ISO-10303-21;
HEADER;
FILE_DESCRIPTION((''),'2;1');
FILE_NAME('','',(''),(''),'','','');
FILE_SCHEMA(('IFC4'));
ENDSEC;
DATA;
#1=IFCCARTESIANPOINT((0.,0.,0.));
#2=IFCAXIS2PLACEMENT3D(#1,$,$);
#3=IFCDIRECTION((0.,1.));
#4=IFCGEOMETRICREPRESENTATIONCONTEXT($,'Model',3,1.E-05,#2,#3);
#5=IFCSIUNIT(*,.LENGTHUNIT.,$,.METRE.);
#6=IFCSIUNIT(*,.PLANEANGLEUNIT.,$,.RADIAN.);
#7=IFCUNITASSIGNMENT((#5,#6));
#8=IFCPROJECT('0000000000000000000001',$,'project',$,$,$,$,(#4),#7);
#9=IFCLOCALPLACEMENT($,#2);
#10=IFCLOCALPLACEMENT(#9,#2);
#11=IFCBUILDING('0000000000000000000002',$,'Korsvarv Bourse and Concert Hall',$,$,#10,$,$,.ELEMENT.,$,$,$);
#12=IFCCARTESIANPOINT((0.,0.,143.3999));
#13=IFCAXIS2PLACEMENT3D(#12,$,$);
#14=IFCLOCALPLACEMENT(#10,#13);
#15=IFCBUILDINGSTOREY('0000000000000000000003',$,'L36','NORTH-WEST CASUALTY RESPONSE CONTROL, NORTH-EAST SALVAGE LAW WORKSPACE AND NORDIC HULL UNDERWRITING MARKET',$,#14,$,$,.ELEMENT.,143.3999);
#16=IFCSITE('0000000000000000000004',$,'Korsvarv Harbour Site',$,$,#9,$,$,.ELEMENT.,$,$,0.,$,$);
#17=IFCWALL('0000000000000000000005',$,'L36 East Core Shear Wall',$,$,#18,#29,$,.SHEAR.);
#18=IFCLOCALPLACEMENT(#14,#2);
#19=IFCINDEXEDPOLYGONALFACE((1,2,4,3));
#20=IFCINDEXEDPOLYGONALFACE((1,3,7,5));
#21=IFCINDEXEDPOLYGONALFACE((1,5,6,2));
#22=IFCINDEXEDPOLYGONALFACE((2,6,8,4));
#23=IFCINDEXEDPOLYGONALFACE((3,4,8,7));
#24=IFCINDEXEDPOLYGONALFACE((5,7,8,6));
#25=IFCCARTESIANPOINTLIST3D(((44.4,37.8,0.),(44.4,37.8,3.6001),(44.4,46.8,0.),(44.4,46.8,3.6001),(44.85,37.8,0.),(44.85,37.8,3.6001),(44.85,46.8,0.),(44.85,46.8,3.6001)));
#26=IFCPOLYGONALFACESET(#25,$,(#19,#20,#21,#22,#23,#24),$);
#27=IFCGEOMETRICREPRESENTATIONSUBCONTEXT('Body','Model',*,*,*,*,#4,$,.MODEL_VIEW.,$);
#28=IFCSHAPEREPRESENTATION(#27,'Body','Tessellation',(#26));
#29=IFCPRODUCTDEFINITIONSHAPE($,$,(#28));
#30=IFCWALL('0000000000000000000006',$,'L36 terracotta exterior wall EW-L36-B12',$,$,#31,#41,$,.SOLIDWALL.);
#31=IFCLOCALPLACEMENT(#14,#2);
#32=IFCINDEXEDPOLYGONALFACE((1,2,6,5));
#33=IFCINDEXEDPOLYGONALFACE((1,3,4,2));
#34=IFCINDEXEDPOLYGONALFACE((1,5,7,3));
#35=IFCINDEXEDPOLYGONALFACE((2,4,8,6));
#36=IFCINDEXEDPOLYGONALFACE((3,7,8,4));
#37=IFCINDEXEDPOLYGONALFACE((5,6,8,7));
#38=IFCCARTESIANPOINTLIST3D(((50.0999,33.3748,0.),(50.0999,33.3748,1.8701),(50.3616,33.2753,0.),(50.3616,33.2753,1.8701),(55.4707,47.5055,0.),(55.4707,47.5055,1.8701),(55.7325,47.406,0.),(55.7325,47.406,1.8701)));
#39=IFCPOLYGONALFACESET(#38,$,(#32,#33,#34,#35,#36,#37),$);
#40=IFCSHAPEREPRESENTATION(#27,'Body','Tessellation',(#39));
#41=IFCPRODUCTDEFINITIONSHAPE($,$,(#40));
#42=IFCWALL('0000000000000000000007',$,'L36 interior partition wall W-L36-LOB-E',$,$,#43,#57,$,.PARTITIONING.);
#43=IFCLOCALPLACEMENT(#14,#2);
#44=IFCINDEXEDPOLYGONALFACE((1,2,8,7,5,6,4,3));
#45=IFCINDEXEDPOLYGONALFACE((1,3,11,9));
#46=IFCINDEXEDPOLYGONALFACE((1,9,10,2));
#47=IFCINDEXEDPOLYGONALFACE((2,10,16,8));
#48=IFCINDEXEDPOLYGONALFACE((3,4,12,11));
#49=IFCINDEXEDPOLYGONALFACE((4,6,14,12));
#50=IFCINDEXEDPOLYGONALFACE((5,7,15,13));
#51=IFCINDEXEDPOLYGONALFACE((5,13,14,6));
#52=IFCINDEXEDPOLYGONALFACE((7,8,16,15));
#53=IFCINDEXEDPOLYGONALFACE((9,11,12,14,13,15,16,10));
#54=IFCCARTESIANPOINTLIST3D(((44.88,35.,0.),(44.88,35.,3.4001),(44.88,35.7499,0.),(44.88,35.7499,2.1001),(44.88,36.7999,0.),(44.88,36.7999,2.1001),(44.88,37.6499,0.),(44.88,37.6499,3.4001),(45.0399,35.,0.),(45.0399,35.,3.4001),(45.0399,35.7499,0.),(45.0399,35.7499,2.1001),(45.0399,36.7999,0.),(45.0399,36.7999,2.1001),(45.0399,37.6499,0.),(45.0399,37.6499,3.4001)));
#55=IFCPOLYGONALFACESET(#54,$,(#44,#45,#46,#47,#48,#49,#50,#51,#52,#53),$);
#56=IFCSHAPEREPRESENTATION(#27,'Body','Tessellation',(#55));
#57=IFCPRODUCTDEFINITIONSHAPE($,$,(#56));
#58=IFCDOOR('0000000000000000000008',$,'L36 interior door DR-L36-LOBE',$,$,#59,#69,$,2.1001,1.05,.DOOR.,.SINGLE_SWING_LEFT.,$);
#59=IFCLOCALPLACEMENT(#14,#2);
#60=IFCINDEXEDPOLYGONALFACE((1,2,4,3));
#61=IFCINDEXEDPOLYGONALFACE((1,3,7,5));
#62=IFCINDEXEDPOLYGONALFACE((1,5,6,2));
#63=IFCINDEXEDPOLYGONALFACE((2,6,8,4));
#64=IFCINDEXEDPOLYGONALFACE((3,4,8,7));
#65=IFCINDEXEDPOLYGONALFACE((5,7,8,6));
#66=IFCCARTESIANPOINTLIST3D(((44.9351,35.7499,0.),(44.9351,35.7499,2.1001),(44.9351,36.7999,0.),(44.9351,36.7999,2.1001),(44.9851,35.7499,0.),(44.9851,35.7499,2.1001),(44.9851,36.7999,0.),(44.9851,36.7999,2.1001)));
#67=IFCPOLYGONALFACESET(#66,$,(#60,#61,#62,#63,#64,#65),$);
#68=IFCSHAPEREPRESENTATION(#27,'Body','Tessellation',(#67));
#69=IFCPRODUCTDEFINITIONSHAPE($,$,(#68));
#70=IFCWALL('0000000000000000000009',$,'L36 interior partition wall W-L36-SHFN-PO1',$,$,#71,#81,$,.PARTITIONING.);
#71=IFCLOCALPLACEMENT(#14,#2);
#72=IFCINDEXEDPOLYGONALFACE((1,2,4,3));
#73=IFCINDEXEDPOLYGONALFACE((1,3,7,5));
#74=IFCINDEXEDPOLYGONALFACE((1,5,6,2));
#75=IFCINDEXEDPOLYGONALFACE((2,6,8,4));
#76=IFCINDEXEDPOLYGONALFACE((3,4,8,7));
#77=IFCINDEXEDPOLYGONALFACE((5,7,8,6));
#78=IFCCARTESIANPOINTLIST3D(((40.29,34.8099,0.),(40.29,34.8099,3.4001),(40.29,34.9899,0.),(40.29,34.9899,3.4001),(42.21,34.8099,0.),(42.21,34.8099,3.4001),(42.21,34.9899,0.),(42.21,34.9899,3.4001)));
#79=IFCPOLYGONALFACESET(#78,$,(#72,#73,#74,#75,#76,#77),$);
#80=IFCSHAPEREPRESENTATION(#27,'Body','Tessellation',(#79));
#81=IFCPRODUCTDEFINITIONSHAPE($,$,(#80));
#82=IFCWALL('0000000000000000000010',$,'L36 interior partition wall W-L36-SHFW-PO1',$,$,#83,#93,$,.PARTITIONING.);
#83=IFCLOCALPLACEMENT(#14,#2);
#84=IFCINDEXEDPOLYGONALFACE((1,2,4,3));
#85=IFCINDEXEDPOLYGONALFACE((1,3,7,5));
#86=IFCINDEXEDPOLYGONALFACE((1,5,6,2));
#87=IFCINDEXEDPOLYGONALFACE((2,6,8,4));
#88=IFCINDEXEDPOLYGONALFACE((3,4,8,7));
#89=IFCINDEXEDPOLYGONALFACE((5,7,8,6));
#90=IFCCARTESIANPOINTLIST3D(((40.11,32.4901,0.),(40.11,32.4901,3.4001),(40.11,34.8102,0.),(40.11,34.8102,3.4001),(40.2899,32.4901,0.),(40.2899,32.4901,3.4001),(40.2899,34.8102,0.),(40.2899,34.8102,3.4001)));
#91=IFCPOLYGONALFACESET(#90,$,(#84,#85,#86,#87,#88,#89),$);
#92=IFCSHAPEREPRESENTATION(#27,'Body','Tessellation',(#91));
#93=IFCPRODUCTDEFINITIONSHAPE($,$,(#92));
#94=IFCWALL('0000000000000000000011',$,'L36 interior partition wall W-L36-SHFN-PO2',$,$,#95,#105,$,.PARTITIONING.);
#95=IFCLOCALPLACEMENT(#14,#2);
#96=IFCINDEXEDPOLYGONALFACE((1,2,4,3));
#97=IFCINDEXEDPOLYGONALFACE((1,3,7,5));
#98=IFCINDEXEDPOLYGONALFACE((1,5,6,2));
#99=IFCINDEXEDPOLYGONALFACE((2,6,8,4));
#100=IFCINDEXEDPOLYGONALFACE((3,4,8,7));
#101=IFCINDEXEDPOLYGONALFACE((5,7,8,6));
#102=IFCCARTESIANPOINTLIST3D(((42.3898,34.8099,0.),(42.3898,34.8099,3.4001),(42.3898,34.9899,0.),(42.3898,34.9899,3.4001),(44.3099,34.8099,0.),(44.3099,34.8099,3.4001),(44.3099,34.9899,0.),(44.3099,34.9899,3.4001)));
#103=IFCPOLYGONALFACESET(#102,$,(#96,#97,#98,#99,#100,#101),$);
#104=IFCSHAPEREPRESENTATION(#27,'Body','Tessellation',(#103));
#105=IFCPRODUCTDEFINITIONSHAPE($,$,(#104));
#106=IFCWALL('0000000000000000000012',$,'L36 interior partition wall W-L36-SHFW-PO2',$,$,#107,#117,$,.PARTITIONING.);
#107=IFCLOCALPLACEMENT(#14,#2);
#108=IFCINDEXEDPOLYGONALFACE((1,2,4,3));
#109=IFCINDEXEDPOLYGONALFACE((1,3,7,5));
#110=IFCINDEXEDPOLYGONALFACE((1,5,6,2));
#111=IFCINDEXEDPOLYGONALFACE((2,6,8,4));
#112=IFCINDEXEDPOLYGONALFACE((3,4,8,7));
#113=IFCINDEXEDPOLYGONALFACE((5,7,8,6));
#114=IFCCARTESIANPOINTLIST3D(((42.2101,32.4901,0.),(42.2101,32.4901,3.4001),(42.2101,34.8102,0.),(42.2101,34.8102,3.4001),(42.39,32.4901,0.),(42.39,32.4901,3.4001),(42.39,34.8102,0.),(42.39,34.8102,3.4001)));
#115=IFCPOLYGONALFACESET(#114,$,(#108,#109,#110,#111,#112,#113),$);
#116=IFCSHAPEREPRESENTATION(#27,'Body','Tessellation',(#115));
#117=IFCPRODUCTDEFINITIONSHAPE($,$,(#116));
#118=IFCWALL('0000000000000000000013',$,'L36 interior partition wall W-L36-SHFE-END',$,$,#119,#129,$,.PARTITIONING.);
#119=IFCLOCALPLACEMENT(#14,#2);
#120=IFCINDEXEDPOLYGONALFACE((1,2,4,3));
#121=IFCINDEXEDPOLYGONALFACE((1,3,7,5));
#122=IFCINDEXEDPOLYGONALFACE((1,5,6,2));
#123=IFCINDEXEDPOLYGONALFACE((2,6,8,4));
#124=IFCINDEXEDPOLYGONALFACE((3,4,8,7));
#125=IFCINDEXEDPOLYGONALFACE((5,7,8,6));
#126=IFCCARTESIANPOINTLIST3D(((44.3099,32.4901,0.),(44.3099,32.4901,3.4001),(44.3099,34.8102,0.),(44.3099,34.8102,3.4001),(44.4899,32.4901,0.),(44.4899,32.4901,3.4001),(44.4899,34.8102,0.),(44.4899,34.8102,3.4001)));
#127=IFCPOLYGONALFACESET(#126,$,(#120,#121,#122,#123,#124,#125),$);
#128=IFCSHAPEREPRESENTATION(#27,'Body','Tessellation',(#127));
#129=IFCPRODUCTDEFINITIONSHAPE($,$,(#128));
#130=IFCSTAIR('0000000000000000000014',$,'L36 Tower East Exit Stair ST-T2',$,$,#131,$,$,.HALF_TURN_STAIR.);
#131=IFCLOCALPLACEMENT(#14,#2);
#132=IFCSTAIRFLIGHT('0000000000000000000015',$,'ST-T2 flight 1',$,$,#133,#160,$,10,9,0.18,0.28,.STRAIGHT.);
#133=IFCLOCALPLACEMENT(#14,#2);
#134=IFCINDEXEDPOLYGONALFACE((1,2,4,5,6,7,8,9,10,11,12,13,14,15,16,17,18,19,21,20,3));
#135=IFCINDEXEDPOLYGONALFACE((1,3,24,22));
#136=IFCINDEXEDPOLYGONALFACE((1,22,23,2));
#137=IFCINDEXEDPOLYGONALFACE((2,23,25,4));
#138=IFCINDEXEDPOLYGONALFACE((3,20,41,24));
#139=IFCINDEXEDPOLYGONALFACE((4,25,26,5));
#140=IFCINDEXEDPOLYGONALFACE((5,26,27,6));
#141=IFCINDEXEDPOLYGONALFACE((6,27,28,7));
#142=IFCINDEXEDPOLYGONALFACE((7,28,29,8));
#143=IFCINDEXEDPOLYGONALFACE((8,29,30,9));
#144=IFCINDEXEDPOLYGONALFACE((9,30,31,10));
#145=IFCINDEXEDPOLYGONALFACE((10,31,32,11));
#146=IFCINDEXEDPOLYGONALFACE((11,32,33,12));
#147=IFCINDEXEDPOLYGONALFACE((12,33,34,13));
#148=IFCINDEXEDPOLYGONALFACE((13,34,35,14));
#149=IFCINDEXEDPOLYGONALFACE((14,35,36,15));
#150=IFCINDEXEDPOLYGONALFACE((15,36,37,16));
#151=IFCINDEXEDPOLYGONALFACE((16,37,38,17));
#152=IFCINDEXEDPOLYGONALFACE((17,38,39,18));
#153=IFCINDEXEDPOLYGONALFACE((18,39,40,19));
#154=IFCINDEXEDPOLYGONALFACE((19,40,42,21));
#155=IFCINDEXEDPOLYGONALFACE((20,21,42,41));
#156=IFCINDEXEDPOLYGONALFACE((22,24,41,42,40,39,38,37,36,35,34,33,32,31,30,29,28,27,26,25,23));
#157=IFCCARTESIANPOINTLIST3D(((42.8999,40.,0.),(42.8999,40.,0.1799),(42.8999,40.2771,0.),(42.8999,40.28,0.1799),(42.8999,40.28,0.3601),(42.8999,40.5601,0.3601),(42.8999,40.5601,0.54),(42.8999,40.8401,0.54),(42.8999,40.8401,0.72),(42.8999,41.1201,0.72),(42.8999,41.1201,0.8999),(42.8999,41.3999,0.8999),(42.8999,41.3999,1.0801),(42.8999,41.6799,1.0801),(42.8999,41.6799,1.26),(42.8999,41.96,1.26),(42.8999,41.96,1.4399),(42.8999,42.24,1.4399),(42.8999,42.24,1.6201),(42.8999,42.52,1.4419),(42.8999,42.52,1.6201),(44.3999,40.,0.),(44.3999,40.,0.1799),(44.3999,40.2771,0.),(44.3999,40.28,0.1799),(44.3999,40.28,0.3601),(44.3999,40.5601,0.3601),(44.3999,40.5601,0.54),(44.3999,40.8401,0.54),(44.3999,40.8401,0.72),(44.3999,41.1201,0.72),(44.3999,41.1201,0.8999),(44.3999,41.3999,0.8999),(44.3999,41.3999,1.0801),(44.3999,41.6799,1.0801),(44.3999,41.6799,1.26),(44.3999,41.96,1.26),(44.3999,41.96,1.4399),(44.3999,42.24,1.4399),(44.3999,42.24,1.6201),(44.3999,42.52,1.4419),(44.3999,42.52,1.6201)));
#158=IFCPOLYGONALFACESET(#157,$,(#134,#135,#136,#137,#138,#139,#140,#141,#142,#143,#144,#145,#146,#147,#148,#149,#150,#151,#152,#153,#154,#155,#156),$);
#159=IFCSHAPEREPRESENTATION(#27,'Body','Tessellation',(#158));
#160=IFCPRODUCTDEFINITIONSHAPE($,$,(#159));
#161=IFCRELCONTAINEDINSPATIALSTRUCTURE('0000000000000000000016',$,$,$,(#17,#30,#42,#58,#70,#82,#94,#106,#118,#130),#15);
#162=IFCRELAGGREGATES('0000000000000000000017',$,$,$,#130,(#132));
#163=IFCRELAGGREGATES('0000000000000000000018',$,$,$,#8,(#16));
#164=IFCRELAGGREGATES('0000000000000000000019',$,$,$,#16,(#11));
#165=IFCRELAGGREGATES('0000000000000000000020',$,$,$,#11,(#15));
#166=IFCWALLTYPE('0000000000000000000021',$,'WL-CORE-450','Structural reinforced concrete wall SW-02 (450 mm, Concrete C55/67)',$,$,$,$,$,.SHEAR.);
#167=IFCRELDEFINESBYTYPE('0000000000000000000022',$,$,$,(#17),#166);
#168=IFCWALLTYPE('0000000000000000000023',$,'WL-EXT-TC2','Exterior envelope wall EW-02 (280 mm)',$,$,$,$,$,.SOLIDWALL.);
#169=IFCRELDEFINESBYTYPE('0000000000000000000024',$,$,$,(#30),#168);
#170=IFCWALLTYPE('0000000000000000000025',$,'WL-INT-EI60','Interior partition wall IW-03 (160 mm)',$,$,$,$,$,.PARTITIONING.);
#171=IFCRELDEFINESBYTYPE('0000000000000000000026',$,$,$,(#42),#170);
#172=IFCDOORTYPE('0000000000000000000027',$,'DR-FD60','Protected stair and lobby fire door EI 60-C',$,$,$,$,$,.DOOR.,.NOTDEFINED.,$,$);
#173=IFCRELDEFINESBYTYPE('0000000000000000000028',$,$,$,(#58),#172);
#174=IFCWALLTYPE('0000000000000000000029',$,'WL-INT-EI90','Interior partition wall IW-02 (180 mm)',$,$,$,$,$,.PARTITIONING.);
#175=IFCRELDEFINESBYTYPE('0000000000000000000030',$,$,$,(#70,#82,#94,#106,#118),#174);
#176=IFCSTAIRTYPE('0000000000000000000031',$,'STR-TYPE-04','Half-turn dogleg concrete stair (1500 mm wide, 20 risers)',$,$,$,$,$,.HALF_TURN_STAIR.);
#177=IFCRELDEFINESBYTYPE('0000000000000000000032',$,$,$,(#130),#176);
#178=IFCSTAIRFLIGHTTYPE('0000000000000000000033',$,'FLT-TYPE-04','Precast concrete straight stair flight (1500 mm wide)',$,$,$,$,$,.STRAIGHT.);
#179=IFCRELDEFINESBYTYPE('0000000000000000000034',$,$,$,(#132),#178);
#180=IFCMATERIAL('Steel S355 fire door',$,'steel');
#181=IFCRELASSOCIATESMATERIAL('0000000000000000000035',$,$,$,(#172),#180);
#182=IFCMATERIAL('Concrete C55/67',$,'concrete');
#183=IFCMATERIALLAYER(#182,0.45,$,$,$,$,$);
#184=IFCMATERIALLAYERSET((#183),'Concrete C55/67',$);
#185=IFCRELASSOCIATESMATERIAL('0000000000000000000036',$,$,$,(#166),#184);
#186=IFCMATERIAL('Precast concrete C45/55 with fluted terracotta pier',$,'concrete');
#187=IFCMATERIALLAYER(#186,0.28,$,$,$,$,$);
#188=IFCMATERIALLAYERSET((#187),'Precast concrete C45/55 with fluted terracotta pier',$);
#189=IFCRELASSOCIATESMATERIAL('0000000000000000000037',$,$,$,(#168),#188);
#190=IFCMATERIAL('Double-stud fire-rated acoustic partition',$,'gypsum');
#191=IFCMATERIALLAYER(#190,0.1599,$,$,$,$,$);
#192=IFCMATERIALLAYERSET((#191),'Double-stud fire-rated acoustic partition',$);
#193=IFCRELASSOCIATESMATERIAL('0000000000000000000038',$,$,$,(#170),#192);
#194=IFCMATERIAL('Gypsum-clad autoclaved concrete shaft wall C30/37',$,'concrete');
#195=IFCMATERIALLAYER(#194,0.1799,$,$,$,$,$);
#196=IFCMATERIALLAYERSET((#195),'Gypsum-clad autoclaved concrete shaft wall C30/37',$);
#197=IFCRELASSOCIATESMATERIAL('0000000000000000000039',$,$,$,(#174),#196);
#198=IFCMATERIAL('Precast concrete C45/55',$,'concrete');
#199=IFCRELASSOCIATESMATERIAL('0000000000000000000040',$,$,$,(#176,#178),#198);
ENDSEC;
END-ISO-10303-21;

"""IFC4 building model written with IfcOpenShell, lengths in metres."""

from ifc_helpers import new_model, si_unit, direction, frame, frame_2d, origin, place, context, subcontext, project, spatial, polyline, rectangle, outline, extrude, material, layer, layer_set, type_object, element, fill, aggregate, save


model = new_model("IFC4")

# Units and contexts
model_context = context("Model", 3, precision=1e-05, world=origin(), true_north=direction((0.0, 1.0)))
body_context = subcontext(model_context, "Body", "Model", "MODEL_VIEW")
ifc_project = project(units=[si_unit("LENGTHUNIT", "METRE"), si_unit("PLANEANGLEUNIT", "RADIAN")], contexts=[model_context])

# Site, building, storey
site_placement = place(None, origin())
site = spatial("IfcSite", under=ifc_project, at=site_placement, Name="Korsvarv Harbour Site", CompositionType="ELEMENT", RefElevation=0.0)
building_placement = place(site_placement, origin())
building = spatial("IfcBuilding", under=site, at=building_placement, Name="Korsvarv Bourse and Concert Hall", CompositionType="ELEMENT")
storey_placement = place(building_placement, frame((0.0, 0.0, 143.3999)))
storey = spatial("IfcBuildingStorey", under=building, at=storey_placement, Name="L36", Description="NORTH-WEST CASUALTY RESPONSE CONTROL, NORTH-EAST SALVAGE LAW WORKSPACE AND NORDIC HULL UNDERWRITING MARKET", CompositionType="ELEMENT", Elevation=143.3999)

# Shared definitions
ifc_material_1 = material(Name="Steel S355 fire door", Category="steel")
door_type = type_object("IfcDoorType", Name="DR-FD60", Description="Protected stair and lobby fire door EI 60-C", OperationType="NOTDEFINED", PredefinedType="DOOR", material=ifc_material_1)

# Walls
ifc_material_2 = material(Name="Concrete C55/67", Category="concrete")
ifc_layer_1 = layer(ifc_material_2, 0.45)
ifc_layer_set_1 = layer_set([ifc_layer_1], Name="Concrete C55/67")
wall_type_1 = type_object("IfcWallType", Name="WL-CORE-450", Description="Structural reinforced concrete wall SW-02 (450 mm, Concrete C55/67)", PredefinedType="SHEAR", material=ifc_layer_set_1)
wall_1_placement = place(storey_placement, frame((44.625, 37.8, 0.0), z_axis=(0.0, 0.0, 1.0), x_axis=(0.0, 1.0, 0.0)))
element("IfcWall", 1, at=wall_1_placement, inside=storey, type_object=wall_type_1, Name="L36 East Core Shear Wall", PredefinedType="SHEAR", context=body_context, shape_type="SweptSolid", body=[
    extrude(rectangle(XDim=9.0, YDim=0.45, at=frame_2d((4.5, 0.0))), origin(), (0.0, 0.0, 1.0), 3.6001),
])
ifc_material_3 = material(Name="Precast concrete C45/55 with fluted terracotta pier", Category="concrete")
ifc_layer_2 = layer(ifc_material_3, 0.28)
ifc_layer_set_2 = layer_set([ifc_layer_2], Name="Precast concrete C45/55 with fluted terracotta pier")
wall_type_2 = type_object("IfcWallType", Name="WL-EXT-TC2", Description="Exterior envelope wall EW-02 (280 mm)", PredefinedType="SOLIDWALL", material=ifc_layer_set_2)
wall_2_placement = place(storey_placement, frame((50.2307, 33.325, 0.0), z_axis=(0.0, 0.0, 1.0), x_axis=(0.355288, 0.934757, 0.0)))
element("IfcWall", 2, at=wall_2_placement, inside=storey, type_object=wall_type_2, Name="L36 terracotta exterior wall EW-L36-B12", PredefinedType="SOLIDWALL", context=body_context, shape_type="SweptSolid", body=[
    extrude(rectangle(XDim=15.1169, YDim=0.28, at=frame_2d((7.5586, 0.0))), origin(), (0.0, 0.0, 1.0), 1.8701),
])

# Wall, opening, door
ifc_material_4 = material(Name="Double-stud fire-rated acoustic partition", Category="gypsum")
ifc_layer_3 = layer(ifc_material_4, 0.1599)
ifc_layer_set_3 = layer_set([ifc_layer_3], Name="Double-stud fire-rated acoustic partition")
wall_type_3 = type_object("IfcWallType", Name="WL-INT-EI60", Description="Interior partition wall IW-03 (160 mm)", PredefinedType="PARTITIONING", material=ifc_layer_set_3)
wall_3_placement = place(storey_placement, frame((44.96, 35.0, 0.0), z_axis=(0.0, 0.0, 1.0), x_axis=(0.0, 1.0, 0.0)))
wall_3 = element("IfcWall", 3, at=wall_3_placement, inside=storey, type_object=wall_type_3, Name="L36 interior partition wall W-L36-LOB-E", PredefinedType="PARTITIONING", context=body_context, shape_type="SweptSolid", body=[
    extrude(rectangle(XDim=2.6499, YDim=0.1599, at=frame_2d((1.325, 0.0))), origin(), (0.0, 0.0, 1.0), 3.4001),
])
opening_1_placement = place(wall_3_placement, frame((0.75, 0.0, 0.0)))
opening_1 = element("IfcOpeningElement", 4, at=opening_1_placement, cuts=wall_3, PredefinedType="OPENING", context=body_context, shape_type="SweptSolid", body=[
    extrude(rectangle(XDim=1.05, YDim=2.1001, at=frame_2d((0.5249, 1.05))), frame((0.0, 0.0898, 0.0), z_axis=(0.0, -1.0, 0.0), x_axis=(1.0, 0.0, 0.0)), (0.0, 0.0, 1.0), 0.1799),
])
door_1_placement = place(opening_1_placement, origin())
door_1 = element("IfcDoor", 5, at=door_1_placement, inside=storey, type_object=door_type, Name="L36 interior door DR-L36-LOBE", OperationType="SINGLE_SWING_LEFT", OverallHeight=2.1001, OverallWidth=1.05, PredefinedType="DOOR", context=body_context, shape_type="SweptSolid", body=[
    extrude(rectangle(XDim=1.05, YDim=2.1001, at=frame_2d((0.5249, 1.05))), frame((0.0, 0.0249, 0.0), z_axis=(0.0, -1.0, 0.0), x_axis=(1.0, 0.0, 0.0)), (0.0, 0.0, 1.0), 0.05),
])
fill(opening_1, door_1)

# Walls
ifc_material_5 = material(Name="Gypsum-clad autoclaved concrete shaft wall C30/37", Category="concrete")
ifc_layer_4 = layer(ifc_material_5, 0.1799)
ifc_layer_set_4 = layer_set([ifc_layer_4], Name="Gypsum-clad autoclaved concrete shaft wall C30/37")
wall_type_4 = type_object("IfcWallType", Name="WL-INT-EI90", Description="Interior partition wall IW-02 (180 mm)", PredefinedType="PARTITIONING", material=ifc_layer_set_4)
wall_4_placement = place(storey_placement, frame((40.29, 34.8999, 0.0), z_axis=(0.0, 0.0, 1.0), x_axis=(1.0, 0.0, 0.0)))
element("IfcWall", 6, at=wall_4_placement, inside=storey, type_object=wall_type_4, Name="L36 interior partition wall W-L36-SHFN-PO1", PredefinedType="PARTITIONING", context=body_context, shape_type="SweptSolid", body=[
    extrude(rectangle(XDim=1.9199, YDim=0.1799, at=frame_2d((0.96, 0.0))), origin(), (0.0, 0.0, 1.0), 3.4001),
])
wall_5_placement = place(storey_placement, frame((40.2, 32.49, 0.0), z_axis=(0.0, 0.0, 1.0), x_axis=(0.0, 1.0, 0.0)))
element("IfcWall", 7, at=wall_5_placement, inside=storey, type_object=wall_type_4, Name="L36 interior partition wall W-L36-SHFW-PO1", PredefinedType="PARTITIONING", context=body_context, shape_type="SweptSolid", body=[
    extrude(rectangle(XDim=2.3201, YDim=0.1799, at=frame_2d((1.1602, 0.0))), origin(), (0.0, 0.0, 1.0), 3.4001),
])
wall_6_placement = place(storey_placement, frame((42.3899, 34.8999, 0.0), z_axis=(0.0, 0.0, 1.0), x_axis=(1.0, 0.0, 0.0)))
element("IfcWall", 8, at=wall_6_placement, inside=storey, type_object=wall_type_4, Name="L36 interior partition wall W-L36-SHFN-PO2", PredefinedType="PARTITIONING", context=body_context, shape_type="SweptSolid", body=[
    extrude(rectangle(XDim=1.9202, YDim=0.1799, at=frame_2d((0.96, 0.0))), origin(), (0.0, 0.0, 1.0), 3.4001),
])
for number, where, z_axis, x_axis, name in (
    (9, (42.3, 32.49, 0.0), (0.0, 0.0, 1.0), (0.0, 1.0, 0.0), "L36 interior partition wall W-L36-SHFW-PO2"),
    (10, (44.3999, 32.49, 0.0), (0.0, 0.0, 1.0), (0.0, 1.0, 0.0), "L36 interior partition wall W-L36-SHFE-END"),
):
    element("IfcWall", number, at=place(storey_placement, frame(where, z_axis=z_axis, x_axis=x_axis)), inside=storey, type_object=wall_type_4, Name=name, PredefinedType="PARTITIONING", context=body_context, shape_type="SweptSolid", body=[
        extrude(rectangle(XDim=2.3201, YDim=0.1799, at=frame_2d((1.1602, 0.0))), origin(), (0.0, 0.0, 1.0), 3.4001),
    ])

# Stair, stair flight
ifc_material_6 = material(Name="Precast concrete C45/55", Category="concrete")
stair_type = type_object("IfcStairType", Name="STR-TYPE-04", Description="Half-turn dogleg concrete stair (1500 mm wide, 20 risers)", PredefinedType="HALF_TURN_STAIR", material=ifc_material_6)
stair_placement = place(storey_placement, origin())
stair = element("IfcStair", 11, at=stair_placement, inside=storey, type_object=stair_type, Name="L36 Tower East Exit Stair ST-T2", PredefinedType="HALF_TURN_STAIR")
stair_flight_type = type_object("IfcStairFlightType", Name="FLT-TYPE-04", Description="Precast concrete straight stair flight (1500 mm wide)", PredefinedType="STRAIGHT", material=ifc_material_6)
stair_flight_placement = place(storey_placement, frame((43.6499, 40.0, 0.0), z_axis=(0.0, 0.0, 1.0), x_axis=(0.0, 1.0, 0.0)))
stair_flight = element("IfcStairFlight", 12, at=stair_flight_placement, type_object=stair_flight_type, Name="ST-T2 flight 1", NumberOfRisers=10, NumberOfTreads=9, PredefinedType="STRAIGHT", RiserHeight=0.18, TreadLength=0.28, context=body_context, shape_type="SweptSolid", body=[
    extrude(outline(polyline([(0.0, 0.0), (0.0, 0.1799), (0.28, 0.1799), (0.28, 0.3601), (0.5601, 0.3601), (0.5601, 0.54), (0.8401, 0.54), (0.8401, 0.72), (1.1201, 0.72), (1.1201, 0.8999), (1.3999, 0.8999), (1.3999, 1.0801), (1.6799, 1.0801), (1.6799, 1.26), (1.96, 1.26), (1.96, 1.4399), (2.24, 1.4399), (2.24, 1.6201), (2.52, 1.6201), (2.52, 1.8), (2.52, 1.4419), (0.2771, 0.0), (0.0, 0.0)])), frame((0.0, 0.75, 0.0), z_axis=(0.0, -1.0, 0.0), x_axis=(1.0, 0.0, 0.0)), (0.0, 0.0, 1.0), 1.5),
])
aggregate(stair, [stair_flight])

save(model, "model.ifc")
